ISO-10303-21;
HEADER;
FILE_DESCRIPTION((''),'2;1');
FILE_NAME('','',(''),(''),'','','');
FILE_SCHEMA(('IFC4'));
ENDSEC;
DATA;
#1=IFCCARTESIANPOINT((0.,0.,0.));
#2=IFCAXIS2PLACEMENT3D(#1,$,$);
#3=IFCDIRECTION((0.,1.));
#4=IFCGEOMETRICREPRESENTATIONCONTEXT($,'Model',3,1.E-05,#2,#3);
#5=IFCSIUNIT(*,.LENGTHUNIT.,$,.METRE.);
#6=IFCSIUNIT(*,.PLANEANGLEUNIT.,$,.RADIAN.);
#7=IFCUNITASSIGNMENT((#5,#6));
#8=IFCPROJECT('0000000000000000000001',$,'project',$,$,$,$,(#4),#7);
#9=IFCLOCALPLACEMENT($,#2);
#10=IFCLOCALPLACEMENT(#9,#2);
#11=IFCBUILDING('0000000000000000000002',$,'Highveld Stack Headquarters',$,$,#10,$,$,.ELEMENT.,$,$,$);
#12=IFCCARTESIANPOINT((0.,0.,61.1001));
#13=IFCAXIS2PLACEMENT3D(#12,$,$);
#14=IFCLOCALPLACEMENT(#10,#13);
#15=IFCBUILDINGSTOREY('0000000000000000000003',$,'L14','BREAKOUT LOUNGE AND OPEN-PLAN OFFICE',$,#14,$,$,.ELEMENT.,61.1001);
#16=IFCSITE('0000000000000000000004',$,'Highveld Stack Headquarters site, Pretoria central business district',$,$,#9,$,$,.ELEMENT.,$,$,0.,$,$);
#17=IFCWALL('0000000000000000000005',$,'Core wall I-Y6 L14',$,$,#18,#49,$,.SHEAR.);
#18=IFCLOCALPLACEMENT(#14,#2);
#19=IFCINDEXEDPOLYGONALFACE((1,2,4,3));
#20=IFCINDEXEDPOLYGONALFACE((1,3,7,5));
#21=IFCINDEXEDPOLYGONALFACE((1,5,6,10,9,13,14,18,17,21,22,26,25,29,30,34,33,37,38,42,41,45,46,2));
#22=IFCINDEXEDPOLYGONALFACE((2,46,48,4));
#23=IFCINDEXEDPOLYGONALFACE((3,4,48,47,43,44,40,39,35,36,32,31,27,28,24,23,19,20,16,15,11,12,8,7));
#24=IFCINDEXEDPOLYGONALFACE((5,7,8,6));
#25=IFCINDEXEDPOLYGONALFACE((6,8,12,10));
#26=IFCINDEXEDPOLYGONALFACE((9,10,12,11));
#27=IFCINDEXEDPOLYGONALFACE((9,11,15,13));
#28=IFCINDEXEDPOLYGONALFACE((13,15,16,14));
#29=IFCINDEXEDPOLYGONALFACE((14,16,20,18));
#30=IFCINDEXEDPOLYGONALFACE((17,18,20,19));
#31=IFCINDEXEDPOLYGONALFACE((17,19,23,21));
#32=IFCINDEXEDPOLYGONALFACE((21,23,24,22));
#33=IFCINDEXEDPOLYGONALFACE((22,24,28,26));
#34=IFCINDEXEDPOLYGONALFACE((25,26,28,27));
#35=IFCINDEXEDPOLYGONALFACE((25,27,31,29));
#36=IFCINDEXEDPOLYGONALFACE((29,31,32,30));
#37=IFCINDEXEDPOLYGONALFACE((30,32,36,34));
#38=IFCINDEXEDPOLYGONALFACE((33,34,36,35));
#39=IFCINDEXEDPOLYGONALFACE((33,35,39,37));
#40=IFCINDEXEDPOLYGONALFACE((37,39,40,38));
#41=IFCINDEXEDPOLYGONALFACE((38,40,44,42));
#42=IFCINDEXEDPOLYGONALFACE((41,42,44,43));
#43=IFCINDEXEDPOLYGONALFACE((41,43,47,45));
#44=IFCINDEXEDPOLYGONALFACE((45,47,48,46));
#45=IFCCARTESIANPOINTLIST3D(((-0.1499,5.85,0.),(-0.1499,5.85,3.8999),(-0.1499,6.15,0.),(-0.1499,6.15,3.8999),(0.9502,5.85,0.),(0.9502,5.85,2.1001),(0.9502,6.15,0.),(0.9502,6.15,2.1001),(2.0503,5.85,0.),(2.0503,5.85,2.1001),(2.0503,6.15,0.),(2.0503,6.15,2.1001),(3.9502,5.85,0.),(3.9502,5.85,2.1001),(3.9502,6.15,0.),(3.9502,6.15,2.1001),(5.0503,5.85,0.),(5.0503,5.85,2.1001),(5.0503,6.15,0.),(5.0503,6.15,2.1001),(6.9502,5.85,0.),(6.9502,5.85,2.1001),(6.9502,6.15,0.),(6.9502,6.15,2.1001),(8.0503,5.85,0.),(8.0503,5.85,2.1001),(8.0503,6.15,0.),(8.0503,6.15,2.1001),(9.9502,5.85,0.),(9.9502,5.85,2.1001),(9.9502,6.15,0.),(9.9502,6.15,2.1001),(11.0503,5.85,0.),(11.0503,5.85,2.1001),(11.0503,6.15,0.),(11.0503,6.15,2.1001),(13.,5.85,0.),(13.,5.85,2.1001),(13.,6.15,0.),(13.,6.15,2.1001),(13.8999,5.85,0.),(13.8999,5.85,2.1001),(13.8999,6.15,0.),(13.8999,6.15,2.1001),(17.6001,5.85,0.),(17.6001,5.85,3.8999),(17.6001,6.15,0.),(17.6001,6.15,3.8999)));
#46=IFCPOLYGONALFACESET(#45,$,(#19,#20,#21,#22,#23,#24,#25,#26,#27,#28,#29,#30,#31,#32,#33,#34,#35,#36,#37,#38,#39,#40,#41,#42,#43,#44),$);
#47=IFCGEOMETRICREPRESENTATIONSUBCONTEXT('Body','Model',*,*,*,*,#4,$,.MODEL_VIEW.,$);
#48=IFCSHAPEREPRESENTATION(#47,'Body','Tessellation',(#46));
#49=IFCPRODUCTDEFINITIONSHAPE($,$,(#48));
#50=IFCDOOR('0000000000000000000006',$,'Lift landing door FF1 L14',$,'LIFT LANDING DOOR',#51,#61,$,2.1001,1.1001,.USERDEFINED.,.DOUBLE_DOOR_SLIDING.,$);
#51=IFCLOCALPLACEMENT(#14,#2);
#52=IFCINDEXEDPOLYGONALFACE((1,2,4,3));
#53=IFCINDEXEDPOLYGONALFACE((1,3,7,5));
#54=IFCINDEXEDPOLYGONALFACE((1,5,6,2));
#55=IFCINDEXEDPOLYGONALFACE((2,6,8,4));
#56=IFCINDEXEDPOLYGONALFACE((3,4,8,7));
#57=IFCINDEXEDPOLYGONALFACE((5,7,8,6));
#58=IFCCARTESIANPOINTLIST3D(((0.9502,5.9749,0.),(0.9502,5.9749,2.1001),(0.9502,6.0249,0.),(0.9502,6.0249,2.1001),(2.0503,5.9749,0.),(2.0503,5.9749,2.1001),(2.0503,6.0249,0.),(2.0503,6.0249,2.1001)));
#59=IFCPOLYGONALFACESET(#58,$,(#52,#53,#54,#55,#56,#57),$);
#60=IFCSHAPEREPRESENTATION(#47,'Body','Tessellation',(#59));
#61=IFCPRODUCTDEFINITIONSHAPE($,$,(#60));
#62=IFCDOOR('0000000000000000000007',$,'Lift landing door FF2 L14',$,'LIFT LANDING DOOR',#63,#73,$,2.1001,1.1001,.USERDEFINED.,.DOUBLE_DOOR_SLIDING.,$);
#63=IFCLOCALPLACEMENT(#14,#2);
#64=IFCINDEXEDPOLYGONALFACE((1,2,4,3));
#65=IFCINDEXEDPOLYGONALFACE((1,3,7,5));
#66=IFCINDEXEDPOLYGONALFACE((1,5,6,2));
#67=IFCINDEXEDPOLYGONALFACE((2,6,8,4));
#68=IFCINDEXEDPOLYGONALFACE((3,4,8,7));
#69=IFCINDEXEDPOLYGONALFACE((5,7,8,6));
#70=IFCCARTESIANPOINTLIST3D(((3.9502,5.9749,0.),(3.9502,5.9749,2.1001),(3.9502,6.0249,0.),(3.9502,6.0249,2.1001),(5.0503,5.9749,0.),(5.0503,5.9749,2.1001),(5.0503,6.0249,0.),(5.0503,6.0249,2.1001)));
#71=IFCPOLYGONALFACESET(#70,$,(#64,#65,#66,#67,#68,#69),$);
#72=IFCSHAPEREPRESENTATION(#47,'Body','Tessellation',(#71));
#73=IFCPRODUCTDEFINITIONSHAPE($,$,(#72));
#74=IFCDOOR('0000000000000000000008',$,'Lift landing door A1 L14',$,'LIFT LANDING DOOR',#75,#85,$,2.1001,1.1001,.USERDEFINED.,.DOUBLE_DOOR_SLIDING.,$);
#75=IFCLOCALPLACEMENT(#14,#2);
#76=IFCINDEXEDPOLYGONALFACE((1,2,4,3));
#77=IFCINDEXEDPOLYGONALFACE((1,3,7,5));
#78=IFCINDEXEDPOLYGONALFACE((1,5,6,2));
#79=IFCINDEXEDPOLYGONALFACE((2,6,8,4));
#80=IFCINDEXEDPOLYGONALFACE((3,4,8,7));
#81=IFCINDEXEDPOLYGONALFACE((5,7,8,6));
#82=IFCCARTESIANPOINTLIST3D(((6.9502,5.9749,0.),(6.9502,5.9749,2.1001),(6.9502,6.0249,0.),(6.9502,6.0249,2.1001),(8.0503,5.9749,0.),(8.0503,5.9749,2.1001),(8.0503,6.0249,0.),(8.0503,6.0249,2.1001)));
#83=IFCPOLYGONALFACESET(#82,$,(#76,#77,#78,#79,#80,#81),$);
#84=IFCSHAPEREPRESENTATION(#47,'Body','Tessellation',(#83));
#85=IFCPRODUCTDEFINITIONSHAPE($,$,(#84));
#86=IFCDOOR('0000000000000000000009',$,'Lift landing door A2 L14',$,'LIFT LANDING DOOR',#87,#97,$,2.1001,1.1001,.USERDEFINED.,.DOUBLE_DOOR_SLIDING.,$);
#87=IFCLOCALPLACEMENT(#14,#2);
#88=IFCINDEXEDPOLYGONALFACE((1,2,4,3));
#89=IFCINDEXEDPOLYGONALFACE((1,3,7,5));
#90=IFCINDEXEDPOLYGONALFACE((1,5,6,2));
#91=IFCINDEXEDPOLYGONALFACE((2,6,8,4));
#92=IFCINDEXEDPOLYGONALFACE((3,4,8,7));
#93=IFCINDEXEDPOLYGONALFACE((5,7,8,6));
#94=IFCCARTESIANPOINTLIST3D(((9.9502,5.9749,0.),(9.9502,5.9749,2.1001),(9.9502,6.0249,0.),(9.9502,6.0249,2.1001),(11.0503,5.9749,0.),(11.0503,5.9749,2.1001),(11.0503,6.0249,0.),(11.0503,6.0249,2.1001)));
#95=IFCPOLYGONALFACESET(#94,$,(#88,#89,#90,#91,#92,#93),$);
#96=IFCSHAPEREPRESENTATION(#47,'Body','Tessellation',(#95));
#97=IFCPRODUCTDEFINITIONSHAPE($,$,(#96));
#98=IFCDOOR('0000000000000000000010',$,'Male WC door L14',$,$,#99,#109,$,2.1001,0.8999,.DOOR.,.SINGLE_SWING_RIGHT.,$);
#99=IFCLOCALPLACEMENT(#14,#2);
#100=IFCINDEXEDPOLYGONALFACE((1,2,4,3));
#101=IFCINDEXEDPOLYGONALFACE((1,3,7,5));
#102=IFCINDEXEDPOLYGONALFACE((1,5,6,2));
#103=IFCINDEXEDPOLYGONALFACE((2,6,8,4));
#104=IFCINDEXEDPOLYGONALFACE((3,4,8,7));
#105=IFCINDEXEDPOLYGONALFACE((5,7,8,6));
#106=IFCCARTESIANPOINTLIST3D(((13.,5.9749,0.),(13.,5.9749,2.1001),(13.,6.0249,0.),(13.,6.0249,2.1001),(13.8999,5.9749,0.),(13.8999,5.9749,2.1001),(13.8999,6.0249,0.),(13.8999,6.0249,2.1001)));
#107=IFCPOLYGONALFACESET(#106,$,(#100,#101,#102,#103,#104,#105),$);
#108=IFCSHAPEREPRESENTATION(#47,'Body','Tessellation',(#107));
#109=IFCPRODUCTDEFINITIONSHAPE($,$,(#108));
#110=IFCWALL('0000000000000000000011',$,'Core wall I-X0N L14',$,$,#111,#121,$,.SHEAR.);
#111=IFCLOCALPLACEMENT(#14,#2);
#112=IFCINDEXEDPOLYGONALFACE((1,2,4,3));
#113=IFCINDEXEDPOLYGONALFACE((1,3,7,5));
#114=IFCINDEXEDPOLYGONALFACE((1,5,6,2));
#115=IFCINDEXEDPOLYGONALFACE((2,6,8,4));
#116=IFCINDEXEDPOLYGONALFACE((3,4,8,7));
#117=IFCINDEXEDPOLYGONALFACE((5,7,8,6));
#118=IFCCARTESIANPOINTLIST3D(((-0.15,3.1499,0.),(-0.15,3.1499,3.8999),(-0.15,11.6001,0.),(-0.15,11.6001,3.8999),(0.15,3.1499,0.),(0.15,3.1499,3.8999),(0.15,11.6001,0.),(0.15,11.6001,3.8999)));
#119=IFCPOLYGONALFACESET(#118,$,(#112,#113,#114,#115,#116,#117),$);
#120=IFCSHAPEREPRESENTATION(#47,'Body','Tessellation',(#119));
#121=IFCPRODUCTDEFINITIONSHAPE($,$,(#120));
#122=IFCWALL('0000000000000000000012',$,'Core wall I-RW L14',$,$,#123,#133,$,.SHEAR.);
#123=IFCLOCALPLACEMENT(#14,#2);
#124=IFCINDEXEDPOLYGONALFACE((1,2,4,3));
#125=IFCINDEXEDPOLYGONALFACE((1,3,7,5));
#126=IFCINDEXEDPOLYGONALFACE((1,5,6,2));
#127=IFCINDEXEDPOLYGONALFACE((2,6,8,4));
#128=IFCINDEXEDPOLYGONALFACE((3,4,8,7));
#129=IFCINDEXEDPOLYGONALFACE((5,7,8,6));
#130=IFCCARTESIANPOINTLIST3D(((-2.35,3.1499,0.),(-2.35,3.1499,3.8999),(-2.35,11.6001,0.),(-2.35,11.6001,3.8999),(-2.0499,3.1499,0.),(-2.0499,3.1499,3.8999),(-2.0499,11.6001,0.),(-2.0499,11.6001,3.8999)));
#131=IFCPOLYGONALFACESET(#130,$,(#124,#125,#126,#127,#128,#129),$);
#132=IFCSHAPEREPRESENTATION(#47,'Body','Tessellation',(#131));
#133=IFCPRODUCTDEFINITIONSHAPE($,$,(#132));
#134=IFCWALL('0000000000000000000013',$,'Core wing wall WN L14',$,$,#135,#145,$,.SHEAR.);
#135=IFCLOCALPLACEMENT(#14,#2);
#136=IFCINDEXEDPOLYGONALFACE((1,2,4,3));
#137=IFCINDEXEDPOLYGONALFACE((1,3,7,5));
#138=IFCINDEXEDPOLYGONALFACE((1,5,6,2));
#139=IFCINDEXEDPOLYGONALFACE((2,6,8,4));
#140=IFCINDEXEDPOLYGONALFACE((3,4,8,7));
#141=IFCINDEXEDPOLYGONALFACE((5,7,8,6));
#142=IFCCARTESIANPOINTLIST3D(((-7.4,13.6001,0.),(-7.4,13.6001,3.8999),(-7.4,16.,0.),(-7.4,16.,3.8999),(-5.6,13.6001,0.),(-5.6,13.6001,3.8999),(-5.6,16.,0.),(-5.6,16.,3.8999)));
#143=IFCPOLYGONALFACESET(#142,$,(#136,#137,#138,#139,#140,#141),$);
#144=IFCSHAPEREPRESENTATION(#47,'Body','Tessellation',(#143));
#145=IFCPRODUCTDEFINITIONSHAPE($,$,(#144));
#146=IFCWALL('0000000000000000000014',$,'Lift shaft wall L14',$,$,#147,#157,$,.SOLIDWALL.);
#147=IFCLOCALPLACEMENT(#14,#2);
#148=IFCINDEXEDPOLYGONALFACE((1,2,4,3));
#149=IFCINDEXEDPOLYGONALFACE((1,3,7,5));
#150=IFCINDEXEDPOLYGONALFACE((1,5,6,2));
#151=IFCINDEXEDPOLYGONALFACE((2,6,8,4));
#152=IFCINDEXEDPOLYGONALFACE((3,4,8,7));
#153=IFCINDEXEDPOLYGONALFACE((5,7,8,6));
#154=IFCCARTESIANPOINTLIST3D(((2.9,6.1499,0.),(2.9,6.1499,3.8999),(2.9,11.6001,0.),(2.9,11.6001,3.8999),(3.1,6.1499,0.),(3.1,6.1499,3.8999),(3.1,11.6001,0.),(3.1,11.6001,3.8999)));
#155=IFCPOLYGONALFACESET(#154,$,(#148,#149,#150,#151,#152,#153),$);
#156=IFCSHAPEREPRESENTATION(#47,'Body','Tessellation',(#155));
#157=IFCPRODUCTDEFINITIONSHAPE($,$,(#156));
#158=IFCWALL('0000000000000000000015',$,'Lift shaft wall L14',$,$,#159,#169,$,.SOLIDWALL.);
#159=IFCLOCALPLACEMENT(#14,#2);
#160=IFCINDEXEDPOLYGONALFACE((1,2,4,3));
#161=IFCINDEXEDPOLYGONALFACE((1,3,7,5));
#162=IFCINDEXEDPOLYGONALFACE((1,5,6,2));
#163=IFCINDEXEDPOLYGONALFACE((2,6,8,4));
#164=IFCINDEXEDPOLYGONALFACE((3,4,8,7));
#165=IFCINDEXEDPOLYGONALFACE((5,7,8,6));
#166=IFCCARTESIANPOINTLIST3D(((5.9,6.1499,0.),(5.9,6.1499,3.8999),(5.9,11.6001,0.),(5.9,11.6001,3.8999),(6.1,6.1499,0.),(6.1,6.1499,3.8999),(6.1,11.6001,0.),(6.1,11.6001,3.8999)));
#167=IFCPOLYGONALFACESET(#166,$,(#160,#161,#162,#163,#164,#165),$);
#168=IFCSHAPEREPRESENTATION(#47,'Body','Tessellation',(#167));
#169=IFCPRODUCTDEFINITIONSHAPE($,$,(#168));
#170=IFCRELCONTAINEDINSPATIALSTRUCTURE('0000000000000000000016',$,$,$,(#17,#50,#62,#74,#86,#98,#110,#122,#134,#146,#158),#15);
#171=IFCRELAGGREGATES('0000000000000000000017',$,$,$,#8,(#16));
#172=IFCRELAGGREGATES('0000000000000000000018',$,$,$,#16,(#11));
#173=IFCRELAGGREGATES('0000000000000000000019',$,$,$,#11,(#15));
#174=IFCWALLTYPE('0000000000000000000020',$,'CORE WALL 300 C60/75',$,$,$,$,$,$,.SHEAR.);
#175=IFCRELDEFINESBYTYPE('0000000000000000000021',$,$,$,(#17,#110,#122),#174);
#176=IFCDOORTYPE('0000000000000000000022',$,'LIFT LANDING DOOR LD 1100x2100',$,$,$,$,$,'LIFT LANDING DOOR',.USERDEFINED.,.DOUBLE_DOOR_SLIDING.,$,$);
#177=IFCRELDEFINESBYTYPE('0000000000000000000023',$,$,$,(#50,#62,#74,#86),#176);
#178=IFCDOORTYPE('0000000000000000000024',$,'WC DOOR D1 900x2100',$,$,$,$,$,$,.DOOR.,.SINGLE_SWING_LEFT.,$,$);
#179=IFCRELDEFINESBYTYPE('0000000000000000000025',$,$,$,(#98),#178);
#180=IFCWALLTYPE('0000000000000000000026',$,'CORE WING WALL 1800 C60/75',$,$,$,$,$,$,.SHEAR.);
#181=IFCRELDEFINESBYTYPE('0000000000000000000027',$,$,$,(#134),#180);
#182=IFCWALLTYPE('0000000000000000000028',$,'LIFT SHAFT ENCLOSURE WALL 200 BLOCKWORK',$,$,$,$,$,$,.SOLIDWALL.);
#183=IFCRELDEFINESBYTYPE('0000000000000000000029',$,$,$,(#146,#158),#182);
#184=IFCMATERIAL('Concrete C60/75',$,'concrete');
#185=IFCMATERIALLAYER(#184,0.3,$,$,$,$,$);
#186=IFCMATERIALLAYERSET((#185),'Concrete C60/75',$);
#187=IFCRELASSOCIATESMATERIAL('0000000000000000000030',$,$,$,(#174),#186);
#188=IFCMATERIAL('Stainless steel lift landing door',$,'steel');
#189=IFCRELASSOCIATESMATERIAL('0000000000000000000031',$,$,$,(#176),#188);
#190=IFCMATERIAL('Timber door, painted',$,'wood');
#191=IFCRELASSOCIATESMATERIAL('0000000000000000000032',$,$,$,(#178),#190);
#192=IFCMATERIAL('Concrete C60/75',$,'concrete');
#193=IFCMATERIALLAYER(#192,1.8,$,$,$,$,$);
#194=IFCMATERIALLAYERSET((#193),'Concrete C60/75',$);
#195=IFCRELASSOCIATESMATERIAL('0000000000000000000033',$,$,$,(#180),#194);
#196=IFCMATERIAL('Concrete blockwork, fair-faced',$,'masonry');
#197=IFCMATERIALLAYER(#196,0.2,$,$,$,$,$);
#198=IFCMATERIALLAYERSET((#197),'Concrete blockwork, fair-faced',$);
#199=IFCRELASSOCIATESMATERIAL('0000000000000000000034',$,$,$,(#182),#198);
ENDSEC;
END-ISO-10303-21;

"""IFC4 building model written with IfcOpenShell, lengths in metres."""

from ifc_helpers import new_model, si_unit, direction, frame, frame_2d, origin, place, context, subcontext, project, spatial, rectangle, extrude, material, layer, layer_set, type_object, element, fill, save


model = new_model("IFC4")

# Units and contexts
model_context = context("Model", 3, precision=1e-05, world=origin(), true_north=direction((0.0, 1.0)))
body_context = subcontext(model_context, "Body", "Model", "MODEL_VIEW")
ifc_project = project(units=[si_unit("LENGTHUNIT", "METRE"), si_unit("PLANEANGLEUNIT", "RADIAN")], contexts=[model_context])

# Site, building, storey
site_placement = place(None, origin())
site = spatial("IfcSite", under=ifc_project, at=site_placement, Name="Highveld Stack Headquarters site, Pretoria central business district", CompositionType="ELEMENT", RefElevation=0.0)
building_placement = place(site_placement, origin())
building = spatial("IfcBuilding", under=site, at=building_placement, Name="Highveld Stack Headquarters", CompositionType="ELEMENT")
storey_placement = place(building_placement, frame((0.0, 0.0, 61.1001)))
storey = spatial("IfcBuildingStorey", under=building, at=storey_placement, Name="L14", Description="BREAKOUT LOUNGE AND OPEN-PLAN OFFICE", CompositionType="ELEMENT", Elevation=61.1001)

# Wall, openings, doors
ifc_material_1 = material(Name="Concrete C60/75", Category="concrete")
ifc_layer_1 = layer(ifc_material_1, 0.3)
ifc_layer_set_1 = layer_set([ifc_layer_1], Name="Concrete C60/75")
wall_type_1 = type_object("IfcWallType", Name="CORE WALL 300 C60/75", PredefinedType="SHEAR", material=ifc_layer_set_1)
wall_1_placement = place(storey_placement, frame((-0.1499, 6.0, 0.0), z_axis=(0.0, 0.0, 1.0), x_axis=(1.0, 0.0, 0.0)))
wall_1 = element("IfcWall", 1, at=wall_1_placement, inside=storey, type_object=wall_type_1, Name="Core wall I-Y6 L14", PredefinedType="SHEAR", context=body_context, shape_type="SweptSolid", body=[
    extrude(rectangle(XDim=17.75, YDim=0.3, at=frame_2d((8.875, 0.0))), origin(), (0.0, 0.0, 1.0), 3.8999),
])
opening_1_placement = place(wall_1_placement, frame((13.1499, 0.0, 0.0)))
opening_1 = element("IfcOpeningElement", 2, at=opening_1_placement, cuts=wall_1, PredefinedType="OPENING", context=body_context, shape_type="SweptSolid", body=[
    extrude(rectangle(XDim=0.8999, YDim=2.1001, at=frame_2d((0.45, 1.05))), frame((0.0, 0.1599, 0.0), z_axis=(0.0, -1.0, 0.0), x_axis=(1.0, 0.0, 0.0)), (0.0, 0.0, 1.0), 0.3201),
])
opening_2_placement = place(wall_1_placement, frame((1.1001, 0.0, 0.0)))
opening_2 = element("IfcOpeningElement", 3, at=opening_2_placement, cuts=wall_1, PredefinedType="OPENING", context=body_context, shape_type="SweptSolid", body=[
    extrude(rectangle(XDim=1.1001, YDim=2.1001, at=frame_2d((0.55, 1.05))), frame((0.0, 0.1599, 0.0), z_axis=(0.0, -1.0, 0.0), x_axis=(1.0, 0.0, 0.0)), (0.0, 0.0, 1.0), 0.3201),
])
opening_3_placement = place(wall_1_placement, frame((4.1001, 0.0, 0.0)))
opening_3 = element("IfcOpeningElement", 4, at=opening_3_placement, cuts=wall_1, PredefinedType="OPENING", context=body_context, shape_type="SweptSolid", body=[
    extrude(rectangle(XDim=1.1001, YDim=2.1001, at=frame_2d((0.55, 1.05))), frame((0.0, 0.1599, 0.0), z_axis=(0.0, -1.0, 0.0), x_axis=(1.0, 0.0, 0.0)), (0.0, 0.0, 1.0), 0.3201),
])
opening_4_placement = place(wall_1_placement, frame((7.1001, 0.0, 0.0)))
opening_4 = element("IfcOpeningElement", 5, at=opening_4_placement, cuts=wall_1, PredefinedType="OPENING", context=body_context, shape_type="SweptSolid", body=[
    extrude(rectangle(XDim=1.1001, YDim=2.1001, at=frame_2d((0.55, 1.05))), frame((0.0, 0.1599, 0.0), z_axis=(0.0, -1.0, 0.0), x_axis=(1.0, 0.0, 0.0)), (0.0, 0.0, 1.0), 0.3201),
])
opening_5_placement = place(wall_1_placement, frame((10.1001, 0.0, 0.0)))
opening_5 = element("IfcOpeningElement", 6, at=opening_5_placement, cuts=wall_1, PredefinedType="OPENING", context=body_context, shape_type="SweptSolid", body=[
    extrude(rectangle(XDim=1.1001, YDim=2.1001, at=frame_2d((0.55, 1.05))), frame((0.0, 0.1599, 0.0), z_axis=(0.0, -1.0, 0.0), x_axis=(1.0, 0.0, 0.0)), (0.0, 0.0, 1.0), 0.3201),
])
ifc_material_2 = material(Name="Stainless steel lift landing door", Category="steel")
door_type_1 = type_object("IfcDoorType", Name="LIFT LANDING DOOR LD 1100x2100", ElementType="LIFT LANDING DOOR", OperationType="DOUBLE_DOOR_SLIDING", PredefinedType="USERDEFINED", material=ifc_material_2)
door_1_placement = place(opening_2_placement, origin())
door_1 = element("IfcDoor", 7, at=door_1_placement, inside=storey, type_object=door_type_1, Name="Lift landing door FF1 L14", ObjectType="LIFT LANDING DOOR", OperationType="DOUBLE_DOOR_SLIDING", OverallHeight=2.1001, OverallWidth=1.1001, PredefinedType="USERDEFINED", context=body_context, shape_type="SweptSolid", body=[
    extrude(rectangle(XDim=1.1001, YDim=2.1001, at=frame_2d((0.55, 1.05))), frame((0.0, 0.0249, 0.0), z_axis=(0.0, -1.0, 0.0), x_axis=(1.0, 0.0, 0.0)), (0.0, 0.0, 1.0), 0.05),
])
fill(opening_2, door_1)
door_2_placement = place(opening_3_placement, origin())
door_2 = element("IfcDoor", 8, at=door_2_placement, inside=storey, type_object=door_type_1, Name="Lift landing door FF2 L14", ObjectType="LIFT LANDING DOOR", OperationType="DOUBLE_DOOR_SLIDING", OverallHeight=2.1001, OverallWidth=1.1001, PredefinedType="USERDEFINED", context=body_context, shape_type="SweptSolid", body=[
    extrude(rectangle(XDim=1.1001, YDim=2.1001, at=frame_2d((0.55, 1.05))), frame((0.0, 0.0249, 0.0), z_axis=(0.0, -1.0, 0.0), x_axis=(1.0, 0.0, 0.0)), (0.0, 0.0, 1.0), 0.05),
])
fill(opening_3, door_2)
door_3_placement = place(opening_4_placement, origin())
door_3 = element("IfcDoor", 9, at=door_3_placement, inside=storey, type_object=door_type_1, Name="Lift landing door A1 L14", ObjectType="LIFT LANDING DOOR", OperationType="DOUBLE_DOOR_SLIDING", OverallHeight=2.1001, OverallWidth=1.1001, PredefinedType="USERDEFINED", context=body_context, shape_type="SweptSolid", body=[
    extrude(rectangle(XDim=1.1001, YDim=2.1001, at=frame_2d((0.55, 1.05))), frame((0.0, 0.0249, 0.0), z_axis=(0.0, -1.0, 0.0), x_axis=(1.0, 0.0, 0.0)), (0.0, 0.0, 1.0), 0.05),
])
fill(opening_4, door_3)
door_4_placement = place(opening_5_placement, origin())
door_4 = element("IfcDoor", 10, at=door_4_placement, inside=storey, type_object=door_type_1, Name="Lift landing door A2 L14", ObjectType="LIFT LANDING DOOR", OperationType="DOUBLE_DOOR_SLIDING", OverallHeight=2.1001, OverallWidth=1.1001, PredefinedType="USERDEFINED", context=body_context, shape_type="SweptSolid", body=[
    extrude(rectangle(XDim=1.1001, YDim=2.1001, at=frame_2d((0.55, 1.05))), frame((0.0, 0.0249, 0.0), z_axis=(0.0, -1.0, 0.0), x_axis=(1.0, 0.0, 0.0)), (0.0, 0.0, 1.0), 0.05),
])
fill(opening_5, door_4)
ifc_material_3 = material(Name="Timber door, painted", Category="wood")
door_type_2 = type_object("IfcDoorType", Name="WC DOOR D1 900x2100", OperationType="SINGLE_SWING_LEFT", PredefinedType="DOOR", material=ifc_material_3)
door_5_placement = place(opening_1_placement, origin())
door_5 = element("IfcDoor", 11, at=door_5_placement, inside=storey, type_object=door_type_2, Name="Male WC door L14", OperationType="SINGLE_SWING_RIGHT", OverallHeight=2.1001, OverallWidth=0.8999, PredefinedType="DOOR", context=body_context, shape_type="SweptSolid", body=[
    extrude(rectangle(XDim=0.8999, YDim=2.1001, at=frame_2d((0.45, 1.05))), frame((0.0, 0.0249, 0.0), z_axis=(0.0, -1.0, 0.0), x_axis=(1.0, 0.0, 0.0)), (0.0, 0.0, 1.0), 0.05),
])
fill(opening_1, door_5)

# Walls
for number, where, z_axis, x_axis, name in (
    (12, (0.0, 3.1499, 0.0), (0.0, 0.0, 1.0), (0.0, 1.0, 0.0), "Core wall I-X0N L14"),
    (13, (-2.2, 3.1499, 0.0), (0.0, 0.0, 1.0), (0.0, 1.0, 0.0), "Core wall I-RW L14"),
):
    element("IfcWall", number, at=place(storey_placement, frame(where, z_axis=z_axis, x_axis=x_axis)), inside=storey, type_object=wall_type_1, Name=name, PredefinedType="SHEAR", context=body_context, shape_type="SweptSolid", body=[
        extrude(rectangle(XDim=8.4502, YDim=0.3, at=frame_2d((4.2251, 0.0))), origin(), (0.0, 0.0, 1.0), 3.8999),
    ])
ifc_material_4 = material(Name="Concrete C60/75", Category="concrete")
ifc_layer_2 = layer(ifc_material_4, 1.8)
ifc_layer_set_2 = layer_set([ifc_layer_2], Name="Concrete C60/75")
wall_type_2 = type_object("IfcWallType", Name="CORE WING WALL 1800 C60/75", PredefinedType="SHEAR", material=ifc_layer_set_2)
wall_2_placement = place(storey_placement, frame((-6.5, 13.6001, 0.0), z_axis=(0.0, 0.0, 1.0), x_axis=(0.0, 1.0, 0.0)))
element("IfcWall", 14, at=wall_2_placement, inside=storey, type_object=wall_type_2, Name="Core wing wall WN L14", PredefinedType="SHEAR", context=body_context, shape_type="SweptSolid", body=[
    extrude(rectangle(XDim=2.3999, YDim=1.8, at=frame_2d((1.2, 0.0))), origin(), (0.0, 0.0, 1.0), 3.8999),
])
ifc_material_5 = material(Name="Concrete blockwork, fair-faced", Category="masonry")
ifc_layer_3 = layer(ifc_material_5, 0.2)
ifc_layer_set_3 = layer_set([ifc_layer_3], Name="Concrete blockwork, fair-faced")
wall_type_3 = type_object("IfcWallType", Name="LIFT SHAFT ENCLOSURE WALL 200 BLOCKWORK", PredefinedType="SOLIDWALL", material=ifc_layer_set_3)
for number, where, z_axis, x_axis, name in (
    (15, (3.0, 6.1499, 0.0), (0.0, 0.0, 1.0), (0.0, 1.0, 0.0), "Lift shaft wall L14"),
    (16, (6.0, 6.1499, 0.0), (0.0, 0.0, 1.0), (0.0, 1.0, 0.0), "Lift shaft wall L14"),
):
    element("IfcWall", number, at=place(storey_placement, frame(where, z_axis=z_axis, x_axis=x_axis)), inside=storey, type_object=wall_type_3, Name=name, PredefinedType="SOLIDWALL", context=body_context, shape_type="SweptSolid", body=[
        extrude(rectangle(XDim=5.4502, YDim=0.2, at=frame_2d((2.7251, 0.0))), origin(), (0.0, 0.0, 1.0), 3.8999),
    ])

save(model, "model.ifc")
